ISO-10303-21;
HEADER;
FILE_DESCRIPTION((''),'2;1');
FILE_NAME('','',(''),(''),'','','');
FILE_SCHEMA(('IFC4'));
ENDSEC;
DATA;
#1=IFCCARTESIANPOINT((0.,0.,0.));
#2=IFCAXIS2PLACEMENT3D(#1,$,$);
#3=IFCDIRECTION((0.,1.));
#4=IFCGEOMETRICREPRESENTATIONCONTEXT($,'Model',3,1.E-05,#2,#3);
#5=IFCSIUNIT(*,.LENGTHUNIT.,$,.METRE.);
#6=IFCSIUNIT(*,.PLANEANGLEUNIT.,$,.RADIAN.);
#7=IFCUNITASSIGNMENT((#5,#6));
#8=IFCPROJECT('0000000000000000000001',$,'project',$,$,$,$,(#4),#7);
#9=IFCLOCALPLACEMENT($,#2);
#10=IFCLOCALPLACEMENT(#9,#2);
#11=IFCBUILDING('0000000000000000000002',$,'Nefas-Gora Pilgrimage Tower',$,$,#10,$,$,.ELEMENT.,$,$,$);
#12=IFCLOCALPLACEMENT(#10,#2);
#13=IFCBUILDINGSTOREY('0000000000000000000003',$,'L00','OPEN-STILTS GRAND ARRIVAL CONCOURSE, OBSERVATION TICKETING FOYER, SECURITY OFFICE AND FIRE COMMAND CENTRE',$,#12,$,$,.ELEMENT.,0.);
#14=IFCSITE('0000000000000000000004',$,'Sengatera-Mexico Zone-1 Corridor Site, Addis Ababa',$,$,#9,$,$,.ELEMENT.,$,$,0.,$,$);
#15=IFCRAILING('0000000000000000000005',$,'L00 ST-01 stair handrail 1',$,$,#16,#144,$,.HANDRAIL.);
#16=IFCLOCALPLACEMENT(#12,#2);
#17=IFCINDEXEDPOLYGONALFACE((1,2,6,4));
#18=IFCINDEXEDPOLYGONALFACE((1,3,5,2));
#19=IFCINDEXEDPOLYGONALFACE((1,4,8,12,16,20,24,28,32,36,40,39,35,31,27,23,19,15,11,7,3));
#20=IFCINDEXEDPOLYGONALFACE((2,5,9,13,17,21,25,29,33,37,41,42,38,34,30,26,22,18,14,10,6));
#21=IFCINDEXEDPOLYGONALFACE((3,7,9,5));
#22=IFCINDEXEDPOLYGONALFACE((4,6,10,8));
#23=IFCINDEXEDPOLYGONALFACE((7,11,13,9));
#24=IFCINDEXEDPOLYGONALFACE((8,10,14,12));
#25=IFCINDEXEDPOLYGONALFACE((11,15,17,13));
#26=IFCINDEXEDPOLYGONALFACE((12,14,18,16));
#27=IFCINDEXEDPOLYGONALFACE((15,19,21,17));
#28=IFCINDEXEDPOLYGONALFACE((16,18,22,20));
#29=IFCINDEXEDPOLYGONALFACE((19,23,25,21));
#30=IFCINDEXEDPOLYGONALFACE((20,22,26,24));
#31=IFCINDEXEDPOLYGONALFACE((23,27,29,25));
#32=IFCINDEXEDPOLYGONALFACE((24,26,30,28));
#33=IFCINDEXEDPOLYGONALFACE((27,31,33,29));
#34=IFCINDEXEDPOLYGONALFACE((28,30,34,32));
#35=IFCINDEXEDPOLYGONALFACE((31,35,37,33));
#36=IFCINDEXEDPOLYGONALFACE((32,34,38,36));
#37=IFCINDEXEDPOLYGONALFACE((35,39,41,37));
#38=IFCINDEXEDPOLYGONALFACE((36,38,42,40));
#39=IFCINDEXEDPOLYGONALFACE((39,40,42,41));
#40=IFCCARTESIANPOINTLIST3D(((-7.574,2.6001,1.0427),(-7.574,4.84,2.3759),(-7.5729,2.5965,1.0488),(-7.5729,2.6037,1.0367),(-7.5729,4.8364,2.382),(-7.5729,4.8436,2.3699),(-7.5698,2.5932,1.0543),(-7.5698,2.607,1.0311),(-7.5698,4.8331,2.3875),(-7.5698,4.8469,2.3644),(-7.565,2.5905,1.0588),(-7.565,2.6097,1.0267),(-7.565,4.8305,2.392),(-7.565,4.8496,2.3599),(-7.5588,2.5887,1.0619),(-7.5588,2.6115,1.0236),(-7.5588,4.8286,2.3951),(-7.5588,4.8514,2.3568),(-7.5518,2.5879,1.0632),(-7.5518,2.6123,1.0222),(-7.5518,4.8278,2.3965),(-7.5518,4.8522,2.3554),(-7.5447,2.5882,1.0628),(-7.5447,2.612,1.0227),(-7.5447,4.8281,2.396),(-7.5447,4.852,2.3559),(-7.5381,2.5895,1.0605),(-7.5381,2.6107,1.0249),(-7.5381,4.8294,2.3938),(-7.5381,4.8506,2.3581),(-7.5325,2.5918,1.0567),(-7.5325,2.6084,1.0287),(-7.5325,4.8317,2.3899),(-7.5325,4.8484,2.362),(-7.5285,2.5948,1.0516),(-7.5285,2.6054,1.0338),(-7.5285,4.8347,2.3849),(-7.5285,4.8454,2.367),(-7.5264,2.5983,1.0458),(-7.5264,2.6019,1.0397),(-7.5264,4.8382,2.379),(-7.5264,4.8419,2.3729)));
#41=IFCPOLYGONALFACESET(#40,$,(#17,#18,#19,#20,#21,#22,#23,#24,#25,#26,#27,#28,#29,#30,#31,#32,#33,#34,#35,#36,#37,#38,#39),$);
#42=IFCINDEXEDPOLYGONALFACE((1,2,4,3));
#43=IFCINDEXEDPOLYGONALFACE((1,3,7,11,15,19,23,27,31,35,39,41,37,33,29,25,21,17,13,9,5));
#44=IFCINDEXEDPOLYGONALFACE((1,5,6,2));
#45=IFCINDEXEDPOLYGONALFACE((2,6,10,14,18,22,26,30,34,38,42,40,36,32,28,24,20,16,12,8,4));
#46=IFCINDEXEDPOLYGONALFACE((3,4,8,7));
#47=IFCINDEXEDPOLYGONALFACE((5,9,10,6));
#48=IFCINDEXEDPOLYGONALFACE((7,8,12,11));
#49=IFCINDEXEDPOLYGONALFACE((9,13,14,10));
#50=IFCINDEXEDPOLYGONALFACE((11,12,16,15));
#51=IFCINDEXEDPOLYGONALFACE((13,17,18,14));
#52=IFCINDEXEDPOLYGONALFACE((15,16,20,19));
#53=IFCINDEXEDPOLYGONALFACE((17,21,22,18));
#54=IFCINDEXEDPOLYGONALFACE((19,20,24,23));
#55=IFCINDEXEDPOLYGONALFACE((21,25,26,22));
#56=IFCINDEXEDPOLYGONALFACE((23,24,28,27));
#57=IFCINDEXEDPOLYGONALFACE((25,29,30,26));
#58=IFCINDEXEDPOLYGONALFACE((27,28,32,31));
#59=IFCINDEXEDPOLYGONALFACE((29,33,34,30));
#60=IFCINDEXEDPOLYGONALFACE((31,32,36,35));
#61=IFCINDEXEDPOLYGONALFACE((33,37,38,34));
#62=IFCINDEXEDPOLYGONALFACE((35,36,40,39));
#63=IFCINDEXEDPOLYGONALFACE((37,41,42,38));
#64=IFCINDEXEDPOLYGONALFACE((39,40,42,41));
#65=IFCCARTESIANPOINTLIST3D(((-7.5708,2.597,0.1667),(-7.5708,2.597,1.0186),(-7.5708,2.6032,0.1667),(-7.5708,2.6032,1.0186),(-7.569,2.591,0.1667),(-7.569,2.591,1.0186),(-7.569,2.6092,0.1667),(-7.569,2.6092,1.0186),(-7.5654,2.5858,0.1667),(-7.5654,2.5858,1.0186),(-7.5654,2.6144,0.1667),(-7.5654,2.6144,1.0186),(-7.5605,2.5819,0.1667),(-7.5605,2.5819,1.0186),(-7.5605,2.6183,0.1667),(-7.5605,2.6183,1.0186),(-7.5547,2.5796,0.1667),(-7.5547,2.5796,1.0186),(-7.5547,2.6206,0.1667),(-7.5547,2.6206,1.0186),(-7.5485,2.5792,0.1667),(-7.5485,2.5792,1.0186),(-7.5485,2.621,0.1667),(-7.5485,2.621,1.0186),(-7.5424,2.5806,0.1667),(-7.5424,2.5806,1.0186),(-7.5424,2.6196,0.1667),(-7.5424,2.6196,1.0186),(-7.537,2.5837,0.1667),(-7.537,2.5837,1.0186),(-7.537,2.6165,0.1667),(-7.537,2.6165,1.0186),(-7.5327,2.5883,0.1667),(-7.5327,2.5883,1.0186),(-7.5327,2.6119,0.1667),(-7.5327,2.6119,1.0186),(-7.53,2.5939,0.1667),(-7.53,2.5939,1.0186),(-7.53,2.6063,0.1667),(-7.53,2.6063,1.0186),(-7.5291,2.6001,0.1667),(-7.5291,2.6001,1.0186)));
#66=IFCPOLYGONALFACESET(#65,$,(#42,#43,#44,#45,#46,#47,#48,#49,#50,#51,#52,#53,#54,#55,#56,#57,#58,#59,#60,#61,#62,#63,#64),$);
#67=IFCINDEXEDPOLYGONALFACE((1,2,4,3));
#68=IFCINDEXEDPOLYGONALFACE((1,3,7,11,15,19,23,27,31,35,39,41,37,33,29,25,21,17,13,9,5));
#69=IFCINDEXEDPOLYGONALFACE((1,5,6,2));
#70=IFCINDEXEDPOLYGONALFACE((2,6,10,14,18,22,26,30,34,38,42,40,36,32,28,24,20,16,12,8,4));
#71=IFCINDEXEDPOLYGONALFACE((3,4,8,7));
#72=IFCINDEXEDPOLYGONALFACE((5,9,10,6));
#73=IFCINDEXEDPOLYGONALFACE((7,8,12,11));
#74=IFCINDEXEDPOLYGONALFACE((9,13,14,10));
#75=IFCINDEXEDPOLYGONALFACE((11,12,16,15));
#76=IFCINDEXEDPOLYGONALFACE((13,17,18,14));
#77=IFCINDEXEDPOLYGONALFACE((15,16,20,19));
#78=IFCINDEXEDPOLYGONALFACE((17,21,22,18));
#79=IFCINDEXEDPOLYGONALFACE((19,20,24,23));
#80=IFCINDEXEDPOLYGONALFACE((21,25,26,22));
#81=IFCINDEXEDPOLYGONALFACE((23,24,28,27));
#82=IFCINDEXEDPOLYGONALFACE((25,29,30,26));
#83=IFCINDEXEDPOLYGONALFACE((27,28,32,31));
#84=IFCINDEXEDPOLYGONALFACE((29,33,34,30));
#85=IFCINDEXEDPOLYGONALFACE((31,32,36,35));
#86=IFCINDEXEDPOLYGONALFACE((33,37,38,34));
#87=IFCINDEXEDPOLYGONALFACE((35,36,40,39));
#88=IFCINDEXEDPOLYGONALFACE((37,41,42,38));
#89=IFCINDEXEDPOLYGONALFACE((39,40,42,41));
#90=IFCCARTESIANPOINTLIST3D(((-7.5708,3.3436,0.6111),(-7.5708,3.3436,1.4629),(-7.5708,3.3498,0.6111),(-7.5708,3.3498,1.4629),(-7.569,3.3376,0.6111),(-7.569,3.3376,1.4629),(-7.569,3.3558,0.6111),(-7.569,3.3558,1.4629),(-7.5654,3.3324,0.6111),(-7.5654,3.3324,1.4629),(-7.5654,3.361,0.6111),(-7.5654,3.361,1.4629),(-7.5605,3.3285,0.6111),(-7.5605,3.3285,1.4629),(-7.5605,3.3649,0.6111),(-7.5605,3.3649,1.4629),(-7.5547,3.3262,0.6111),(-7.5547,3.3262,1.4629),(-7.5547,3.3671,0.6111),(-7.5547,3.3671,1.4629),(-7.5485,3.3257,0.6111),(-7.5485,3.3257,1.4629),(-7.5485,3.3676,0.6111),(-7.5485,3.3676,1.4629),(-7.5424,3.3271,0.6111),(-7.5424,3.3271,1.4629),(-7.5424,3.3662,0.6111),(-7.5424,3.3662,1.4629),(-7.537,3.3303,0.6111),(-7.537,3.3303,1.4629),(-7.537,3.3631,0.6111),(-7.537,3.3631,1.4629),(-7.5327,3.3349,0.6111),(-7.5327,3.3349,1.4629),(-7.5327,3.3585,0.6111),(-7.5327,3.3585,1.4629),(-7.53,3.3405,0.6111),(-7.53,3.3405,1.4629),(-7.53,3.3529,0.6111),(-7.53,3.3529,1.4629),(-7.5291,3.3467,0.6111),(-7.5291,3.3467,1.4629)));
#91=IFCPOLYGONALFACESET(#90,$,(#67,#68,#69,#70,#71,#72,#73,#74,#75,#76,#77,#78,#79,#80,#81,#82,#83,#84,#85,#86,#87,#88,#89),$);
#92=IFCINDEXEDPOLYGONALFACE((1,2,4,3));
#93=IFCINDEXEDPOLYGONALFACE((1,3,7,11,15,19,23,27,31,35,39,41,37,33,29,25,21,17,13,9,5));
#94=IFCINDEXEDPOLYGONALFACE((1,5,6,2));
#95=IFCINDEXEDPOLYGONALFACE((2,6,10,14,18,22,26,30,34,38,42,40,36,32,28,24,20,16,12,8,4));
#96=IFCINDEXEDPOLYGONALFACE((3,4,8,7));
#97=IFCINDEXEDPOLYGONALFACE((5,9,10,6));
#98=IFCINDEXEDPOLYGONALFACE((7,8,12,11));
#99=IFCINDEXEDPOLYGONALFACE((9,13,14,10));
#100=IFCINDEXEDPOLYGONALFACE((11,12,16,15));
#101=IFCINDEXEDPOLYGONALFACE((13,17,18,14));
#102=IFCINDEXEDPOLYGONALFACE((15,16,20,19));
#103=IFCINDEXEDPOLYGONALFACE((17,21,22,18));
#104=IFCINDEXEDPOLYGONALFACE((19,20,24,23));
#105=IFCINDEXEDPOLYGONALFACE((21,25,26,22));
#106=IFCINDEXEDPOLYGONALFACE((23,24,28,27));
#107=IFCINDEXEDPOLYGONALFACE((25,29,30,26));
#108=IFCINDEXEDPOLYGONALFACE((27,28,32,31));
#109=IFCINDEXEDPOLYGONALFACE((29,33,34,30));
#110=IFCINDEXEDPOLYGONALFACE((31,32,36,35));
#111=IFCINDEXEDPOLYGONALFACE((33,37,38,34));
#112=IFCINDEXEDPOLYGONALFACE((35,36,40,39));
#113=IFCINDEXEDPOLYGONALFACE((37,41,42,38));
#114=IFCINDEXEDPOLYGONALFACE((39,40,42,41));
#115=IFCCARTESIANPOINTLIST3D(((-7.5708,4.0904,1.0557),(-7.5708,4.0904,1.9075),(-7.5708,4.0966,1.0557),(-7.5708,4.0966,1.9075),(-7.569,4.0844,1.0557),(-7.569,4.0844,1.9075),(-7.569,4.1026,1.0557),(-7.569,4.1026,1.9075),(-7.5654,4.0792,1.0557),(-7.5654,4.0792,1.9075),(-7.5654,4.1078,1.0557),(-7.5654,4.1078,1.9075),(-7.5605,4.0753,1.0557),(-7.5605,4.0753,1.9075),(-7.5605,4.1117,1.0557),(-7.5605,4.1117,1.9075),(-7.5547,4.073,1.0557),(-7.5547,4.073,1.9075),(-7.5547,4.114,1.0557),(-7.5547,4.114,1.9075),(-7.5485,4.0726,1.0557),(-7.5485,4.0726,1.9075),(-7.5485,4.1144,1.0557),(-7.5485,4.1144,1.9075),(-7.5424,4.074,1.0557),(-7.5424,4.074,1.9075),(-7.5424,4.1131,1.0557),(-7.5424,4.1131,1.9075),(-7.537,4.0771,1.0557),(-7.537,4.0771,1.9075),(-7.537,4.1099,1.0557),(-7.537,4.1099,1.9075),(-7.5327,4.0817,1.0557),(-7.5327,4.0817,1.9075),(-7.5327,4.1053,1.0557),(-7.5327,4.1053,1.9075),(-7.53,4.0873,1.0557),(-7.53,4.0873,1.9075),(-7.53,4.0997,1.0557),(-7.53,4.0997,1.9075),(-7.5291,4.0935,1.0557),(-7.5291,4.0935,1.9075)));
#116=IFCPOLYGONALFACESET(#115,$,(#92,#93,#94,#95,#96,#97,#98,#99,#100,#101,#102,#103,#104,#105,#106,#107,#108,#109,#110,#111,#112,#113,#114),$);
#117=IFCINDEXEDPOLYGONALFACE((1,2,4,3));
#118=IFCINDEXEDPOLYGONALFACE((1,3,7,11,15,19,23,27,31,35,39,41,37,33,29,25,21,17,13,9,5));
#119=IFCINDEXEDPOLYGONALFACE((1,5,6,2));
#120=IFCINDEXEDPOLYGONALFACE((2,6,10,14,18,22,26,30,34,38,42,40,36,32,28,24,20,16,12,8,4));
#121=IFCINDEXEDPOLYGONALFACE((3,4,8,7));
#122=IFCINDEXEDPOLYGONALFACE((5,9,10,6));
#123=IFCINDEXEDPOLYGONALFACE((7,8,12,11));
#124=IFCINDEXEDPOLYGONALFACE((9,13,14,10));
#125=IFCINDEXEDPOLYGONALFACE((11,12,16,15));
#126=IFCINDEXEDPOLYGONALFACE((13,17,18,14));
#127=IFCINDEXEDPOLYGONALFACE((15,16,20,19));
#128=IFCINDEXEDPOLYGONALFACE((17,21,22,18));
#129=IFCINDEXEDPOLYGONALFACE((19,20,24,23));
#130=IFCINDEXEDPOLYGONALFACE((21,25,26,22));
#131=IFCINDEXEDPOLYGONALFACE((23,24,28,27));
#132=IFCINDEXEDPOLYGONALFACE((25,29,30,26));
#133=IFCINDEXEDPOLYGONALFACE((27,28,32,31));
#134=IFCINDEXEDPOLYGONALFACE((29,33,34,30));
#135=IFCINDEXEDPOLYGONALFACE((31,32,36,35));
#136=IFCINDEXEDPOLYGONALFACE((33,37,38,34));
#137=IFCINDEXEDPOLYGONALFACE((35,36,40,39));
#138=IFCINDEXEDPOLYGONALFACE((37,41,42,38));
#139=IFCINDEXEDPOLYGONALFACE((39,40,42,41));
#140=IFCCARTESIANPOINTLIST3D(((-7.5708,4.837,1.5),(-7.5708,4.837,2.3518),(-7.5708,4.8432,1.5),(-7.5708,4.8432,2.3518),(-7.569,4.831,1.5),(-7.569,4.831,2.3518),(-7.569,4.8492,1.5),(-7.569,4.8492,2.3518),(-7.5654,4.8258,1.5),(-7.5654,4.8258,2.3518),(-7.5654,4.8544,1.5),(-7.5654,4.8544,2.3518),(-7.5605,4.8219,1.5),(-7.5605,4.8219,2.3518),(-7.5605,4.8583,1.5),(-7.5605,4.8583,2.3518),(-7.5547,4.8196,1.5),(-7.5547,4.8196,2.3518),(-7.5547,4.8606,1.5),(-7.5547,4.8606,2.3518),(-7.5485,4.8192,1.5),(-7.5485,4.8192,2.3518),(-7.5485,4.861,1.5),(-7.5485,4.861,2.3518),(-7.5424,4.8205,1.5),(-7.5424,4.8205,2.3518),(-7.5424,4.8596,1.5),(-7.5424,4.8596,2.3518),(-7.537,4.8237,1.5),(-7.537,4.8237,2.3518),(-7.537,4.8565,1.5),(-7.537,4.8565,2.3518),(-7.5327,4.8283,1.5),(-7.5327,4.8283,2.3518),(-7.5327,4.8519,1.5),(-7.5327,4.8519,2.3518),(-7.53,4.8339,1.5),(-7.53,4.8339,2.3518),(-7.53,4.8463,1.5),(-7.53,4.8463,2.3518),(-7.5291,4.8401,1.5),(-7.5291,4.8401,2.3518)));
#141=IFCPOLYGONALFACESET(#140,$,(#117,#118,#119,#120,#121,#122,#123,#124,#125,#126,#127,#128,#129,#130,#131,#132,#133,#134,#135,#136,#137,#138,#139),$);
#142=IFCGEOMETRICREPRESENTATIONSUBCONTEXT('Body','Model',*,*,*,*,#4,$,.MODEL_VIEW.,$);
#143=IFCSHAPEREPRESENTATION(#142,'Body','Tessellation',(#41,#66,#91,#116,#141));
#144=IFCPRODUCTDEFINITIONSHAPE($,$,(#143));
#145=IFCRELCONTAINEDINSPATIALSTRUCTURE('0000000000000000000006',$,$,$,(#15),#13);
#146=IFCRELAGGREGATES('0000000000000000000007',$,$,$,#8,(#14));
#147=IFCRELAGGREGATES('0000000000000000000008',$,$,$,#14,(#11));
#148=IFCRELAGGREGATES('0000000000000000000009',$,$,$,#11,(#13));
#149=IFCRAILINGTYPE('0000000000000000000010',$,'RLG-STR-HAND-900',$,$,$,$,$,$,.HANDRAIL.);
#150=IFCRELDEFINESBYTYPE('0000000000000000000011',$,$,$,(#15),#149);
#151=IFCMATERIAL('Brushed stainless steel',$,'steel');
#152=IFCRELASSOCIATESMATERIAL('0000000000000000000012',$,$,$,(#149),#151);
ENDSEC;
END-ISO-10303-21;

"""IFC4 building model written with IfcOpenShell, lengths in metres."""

from ifc_helpers import new_model, si_unit, direction, frame, origin, origin_2d, place, context, subcontext, project, spatial, circle, extrude, material, type_object, element, save


model = new_model("IFC4")

# Units and contexts
model_context = context("Model", 3, precision=1e-05, world=origin(), true_north=direction((0.0, 1.0)))
body_context = subcontext(model_context, "Body", "Model", "MODEL_VIEW")
ifc_project = project(units=[si_unit("LENGTHUNIT", "METRE"), si_unit("PLANEANGLEUNIT", "RADIAN")], contexts=[model_context])

# Site, building, storey
site_placement = place(None, origin())
site = spatial("IfcSite", under=ifc_project, at=site_placement, Name="Sengatera-Mexico Zone-1 Corridor Site, Addis Ababa", CompositionType="ELEMENT", RefElevation=0.0)
building_placement = place(site_placement, origin())
building = spatial("IfcBuilding", under=site, at=building_placement, Name="Nefas-Gora Pilgrimage Tower", CompositionType="ELEMENT")
storey_placement = place(building_placement, origin())
storey = spatial("IfcBuildingStorey", under=building, at=storey_placement, Name="L00", Description="OPEN-STILTS GRAND ARRIVAL CONCOURSE, OBSERVATION TICKETING FOYER, SECURITY OFFICE AND FIRE COMMAND CENTRE", CompositionType="ELEMENT", Elevation=0.0)

# Railing
ifc_material_1 = material(Name="Brushed stainless steel", Category="steel")
railing_type_1 = type_object("IfcRailingType", Name="RLG-STR-HAND-900", PredefinedType="HANDRAIL", material=ifc_material_1)
railing_1_placement = place(storey_placement, frame((-7.55, 2.6001, 0.1667)))
element("IfcRailing", 1, at=railing_1_placement, inside=storey, type_object=railing_type_1, Name="L00 ST-01 stair handrail 1", PredefinedType="HANDRAIL", context=body_context, shape_type="SweptSolid", body=[
    extrude(circle(Radius=0.0239, at=origin_2d()), frame((0.0, 0.0, 0.876), z_axis=(0.0, 0.859306, 0.511462), x_axis=(-1.0, 0.0, 0.0)), (0.0, 0.0, 1.0), 2.6067),
    extrude(circle(Radius=0.021, at=origin_2d()), origin(), (0.0, 0.0, 1.0), 0.8518),
    extrude(circle(Radius=0.021, at=origin_2d()), frame((0.0, 0.7466, 0.4443)), (0.0, 0.0, 1.0), 0.8518),
    extrude(circle(Radius=0.021, at=origin_2d()), frame((0.0, 1.4934, 0.8889)), (0.0, 0.0, 1.0), 0.8518),
    extrude(circle(Radius=0.021, at=origin_2d()), frame((0.0, 2.24, 1.3333)), (0.0, 0.0, 1.0), 0.8518),
])

save(model, "model.ifc")
